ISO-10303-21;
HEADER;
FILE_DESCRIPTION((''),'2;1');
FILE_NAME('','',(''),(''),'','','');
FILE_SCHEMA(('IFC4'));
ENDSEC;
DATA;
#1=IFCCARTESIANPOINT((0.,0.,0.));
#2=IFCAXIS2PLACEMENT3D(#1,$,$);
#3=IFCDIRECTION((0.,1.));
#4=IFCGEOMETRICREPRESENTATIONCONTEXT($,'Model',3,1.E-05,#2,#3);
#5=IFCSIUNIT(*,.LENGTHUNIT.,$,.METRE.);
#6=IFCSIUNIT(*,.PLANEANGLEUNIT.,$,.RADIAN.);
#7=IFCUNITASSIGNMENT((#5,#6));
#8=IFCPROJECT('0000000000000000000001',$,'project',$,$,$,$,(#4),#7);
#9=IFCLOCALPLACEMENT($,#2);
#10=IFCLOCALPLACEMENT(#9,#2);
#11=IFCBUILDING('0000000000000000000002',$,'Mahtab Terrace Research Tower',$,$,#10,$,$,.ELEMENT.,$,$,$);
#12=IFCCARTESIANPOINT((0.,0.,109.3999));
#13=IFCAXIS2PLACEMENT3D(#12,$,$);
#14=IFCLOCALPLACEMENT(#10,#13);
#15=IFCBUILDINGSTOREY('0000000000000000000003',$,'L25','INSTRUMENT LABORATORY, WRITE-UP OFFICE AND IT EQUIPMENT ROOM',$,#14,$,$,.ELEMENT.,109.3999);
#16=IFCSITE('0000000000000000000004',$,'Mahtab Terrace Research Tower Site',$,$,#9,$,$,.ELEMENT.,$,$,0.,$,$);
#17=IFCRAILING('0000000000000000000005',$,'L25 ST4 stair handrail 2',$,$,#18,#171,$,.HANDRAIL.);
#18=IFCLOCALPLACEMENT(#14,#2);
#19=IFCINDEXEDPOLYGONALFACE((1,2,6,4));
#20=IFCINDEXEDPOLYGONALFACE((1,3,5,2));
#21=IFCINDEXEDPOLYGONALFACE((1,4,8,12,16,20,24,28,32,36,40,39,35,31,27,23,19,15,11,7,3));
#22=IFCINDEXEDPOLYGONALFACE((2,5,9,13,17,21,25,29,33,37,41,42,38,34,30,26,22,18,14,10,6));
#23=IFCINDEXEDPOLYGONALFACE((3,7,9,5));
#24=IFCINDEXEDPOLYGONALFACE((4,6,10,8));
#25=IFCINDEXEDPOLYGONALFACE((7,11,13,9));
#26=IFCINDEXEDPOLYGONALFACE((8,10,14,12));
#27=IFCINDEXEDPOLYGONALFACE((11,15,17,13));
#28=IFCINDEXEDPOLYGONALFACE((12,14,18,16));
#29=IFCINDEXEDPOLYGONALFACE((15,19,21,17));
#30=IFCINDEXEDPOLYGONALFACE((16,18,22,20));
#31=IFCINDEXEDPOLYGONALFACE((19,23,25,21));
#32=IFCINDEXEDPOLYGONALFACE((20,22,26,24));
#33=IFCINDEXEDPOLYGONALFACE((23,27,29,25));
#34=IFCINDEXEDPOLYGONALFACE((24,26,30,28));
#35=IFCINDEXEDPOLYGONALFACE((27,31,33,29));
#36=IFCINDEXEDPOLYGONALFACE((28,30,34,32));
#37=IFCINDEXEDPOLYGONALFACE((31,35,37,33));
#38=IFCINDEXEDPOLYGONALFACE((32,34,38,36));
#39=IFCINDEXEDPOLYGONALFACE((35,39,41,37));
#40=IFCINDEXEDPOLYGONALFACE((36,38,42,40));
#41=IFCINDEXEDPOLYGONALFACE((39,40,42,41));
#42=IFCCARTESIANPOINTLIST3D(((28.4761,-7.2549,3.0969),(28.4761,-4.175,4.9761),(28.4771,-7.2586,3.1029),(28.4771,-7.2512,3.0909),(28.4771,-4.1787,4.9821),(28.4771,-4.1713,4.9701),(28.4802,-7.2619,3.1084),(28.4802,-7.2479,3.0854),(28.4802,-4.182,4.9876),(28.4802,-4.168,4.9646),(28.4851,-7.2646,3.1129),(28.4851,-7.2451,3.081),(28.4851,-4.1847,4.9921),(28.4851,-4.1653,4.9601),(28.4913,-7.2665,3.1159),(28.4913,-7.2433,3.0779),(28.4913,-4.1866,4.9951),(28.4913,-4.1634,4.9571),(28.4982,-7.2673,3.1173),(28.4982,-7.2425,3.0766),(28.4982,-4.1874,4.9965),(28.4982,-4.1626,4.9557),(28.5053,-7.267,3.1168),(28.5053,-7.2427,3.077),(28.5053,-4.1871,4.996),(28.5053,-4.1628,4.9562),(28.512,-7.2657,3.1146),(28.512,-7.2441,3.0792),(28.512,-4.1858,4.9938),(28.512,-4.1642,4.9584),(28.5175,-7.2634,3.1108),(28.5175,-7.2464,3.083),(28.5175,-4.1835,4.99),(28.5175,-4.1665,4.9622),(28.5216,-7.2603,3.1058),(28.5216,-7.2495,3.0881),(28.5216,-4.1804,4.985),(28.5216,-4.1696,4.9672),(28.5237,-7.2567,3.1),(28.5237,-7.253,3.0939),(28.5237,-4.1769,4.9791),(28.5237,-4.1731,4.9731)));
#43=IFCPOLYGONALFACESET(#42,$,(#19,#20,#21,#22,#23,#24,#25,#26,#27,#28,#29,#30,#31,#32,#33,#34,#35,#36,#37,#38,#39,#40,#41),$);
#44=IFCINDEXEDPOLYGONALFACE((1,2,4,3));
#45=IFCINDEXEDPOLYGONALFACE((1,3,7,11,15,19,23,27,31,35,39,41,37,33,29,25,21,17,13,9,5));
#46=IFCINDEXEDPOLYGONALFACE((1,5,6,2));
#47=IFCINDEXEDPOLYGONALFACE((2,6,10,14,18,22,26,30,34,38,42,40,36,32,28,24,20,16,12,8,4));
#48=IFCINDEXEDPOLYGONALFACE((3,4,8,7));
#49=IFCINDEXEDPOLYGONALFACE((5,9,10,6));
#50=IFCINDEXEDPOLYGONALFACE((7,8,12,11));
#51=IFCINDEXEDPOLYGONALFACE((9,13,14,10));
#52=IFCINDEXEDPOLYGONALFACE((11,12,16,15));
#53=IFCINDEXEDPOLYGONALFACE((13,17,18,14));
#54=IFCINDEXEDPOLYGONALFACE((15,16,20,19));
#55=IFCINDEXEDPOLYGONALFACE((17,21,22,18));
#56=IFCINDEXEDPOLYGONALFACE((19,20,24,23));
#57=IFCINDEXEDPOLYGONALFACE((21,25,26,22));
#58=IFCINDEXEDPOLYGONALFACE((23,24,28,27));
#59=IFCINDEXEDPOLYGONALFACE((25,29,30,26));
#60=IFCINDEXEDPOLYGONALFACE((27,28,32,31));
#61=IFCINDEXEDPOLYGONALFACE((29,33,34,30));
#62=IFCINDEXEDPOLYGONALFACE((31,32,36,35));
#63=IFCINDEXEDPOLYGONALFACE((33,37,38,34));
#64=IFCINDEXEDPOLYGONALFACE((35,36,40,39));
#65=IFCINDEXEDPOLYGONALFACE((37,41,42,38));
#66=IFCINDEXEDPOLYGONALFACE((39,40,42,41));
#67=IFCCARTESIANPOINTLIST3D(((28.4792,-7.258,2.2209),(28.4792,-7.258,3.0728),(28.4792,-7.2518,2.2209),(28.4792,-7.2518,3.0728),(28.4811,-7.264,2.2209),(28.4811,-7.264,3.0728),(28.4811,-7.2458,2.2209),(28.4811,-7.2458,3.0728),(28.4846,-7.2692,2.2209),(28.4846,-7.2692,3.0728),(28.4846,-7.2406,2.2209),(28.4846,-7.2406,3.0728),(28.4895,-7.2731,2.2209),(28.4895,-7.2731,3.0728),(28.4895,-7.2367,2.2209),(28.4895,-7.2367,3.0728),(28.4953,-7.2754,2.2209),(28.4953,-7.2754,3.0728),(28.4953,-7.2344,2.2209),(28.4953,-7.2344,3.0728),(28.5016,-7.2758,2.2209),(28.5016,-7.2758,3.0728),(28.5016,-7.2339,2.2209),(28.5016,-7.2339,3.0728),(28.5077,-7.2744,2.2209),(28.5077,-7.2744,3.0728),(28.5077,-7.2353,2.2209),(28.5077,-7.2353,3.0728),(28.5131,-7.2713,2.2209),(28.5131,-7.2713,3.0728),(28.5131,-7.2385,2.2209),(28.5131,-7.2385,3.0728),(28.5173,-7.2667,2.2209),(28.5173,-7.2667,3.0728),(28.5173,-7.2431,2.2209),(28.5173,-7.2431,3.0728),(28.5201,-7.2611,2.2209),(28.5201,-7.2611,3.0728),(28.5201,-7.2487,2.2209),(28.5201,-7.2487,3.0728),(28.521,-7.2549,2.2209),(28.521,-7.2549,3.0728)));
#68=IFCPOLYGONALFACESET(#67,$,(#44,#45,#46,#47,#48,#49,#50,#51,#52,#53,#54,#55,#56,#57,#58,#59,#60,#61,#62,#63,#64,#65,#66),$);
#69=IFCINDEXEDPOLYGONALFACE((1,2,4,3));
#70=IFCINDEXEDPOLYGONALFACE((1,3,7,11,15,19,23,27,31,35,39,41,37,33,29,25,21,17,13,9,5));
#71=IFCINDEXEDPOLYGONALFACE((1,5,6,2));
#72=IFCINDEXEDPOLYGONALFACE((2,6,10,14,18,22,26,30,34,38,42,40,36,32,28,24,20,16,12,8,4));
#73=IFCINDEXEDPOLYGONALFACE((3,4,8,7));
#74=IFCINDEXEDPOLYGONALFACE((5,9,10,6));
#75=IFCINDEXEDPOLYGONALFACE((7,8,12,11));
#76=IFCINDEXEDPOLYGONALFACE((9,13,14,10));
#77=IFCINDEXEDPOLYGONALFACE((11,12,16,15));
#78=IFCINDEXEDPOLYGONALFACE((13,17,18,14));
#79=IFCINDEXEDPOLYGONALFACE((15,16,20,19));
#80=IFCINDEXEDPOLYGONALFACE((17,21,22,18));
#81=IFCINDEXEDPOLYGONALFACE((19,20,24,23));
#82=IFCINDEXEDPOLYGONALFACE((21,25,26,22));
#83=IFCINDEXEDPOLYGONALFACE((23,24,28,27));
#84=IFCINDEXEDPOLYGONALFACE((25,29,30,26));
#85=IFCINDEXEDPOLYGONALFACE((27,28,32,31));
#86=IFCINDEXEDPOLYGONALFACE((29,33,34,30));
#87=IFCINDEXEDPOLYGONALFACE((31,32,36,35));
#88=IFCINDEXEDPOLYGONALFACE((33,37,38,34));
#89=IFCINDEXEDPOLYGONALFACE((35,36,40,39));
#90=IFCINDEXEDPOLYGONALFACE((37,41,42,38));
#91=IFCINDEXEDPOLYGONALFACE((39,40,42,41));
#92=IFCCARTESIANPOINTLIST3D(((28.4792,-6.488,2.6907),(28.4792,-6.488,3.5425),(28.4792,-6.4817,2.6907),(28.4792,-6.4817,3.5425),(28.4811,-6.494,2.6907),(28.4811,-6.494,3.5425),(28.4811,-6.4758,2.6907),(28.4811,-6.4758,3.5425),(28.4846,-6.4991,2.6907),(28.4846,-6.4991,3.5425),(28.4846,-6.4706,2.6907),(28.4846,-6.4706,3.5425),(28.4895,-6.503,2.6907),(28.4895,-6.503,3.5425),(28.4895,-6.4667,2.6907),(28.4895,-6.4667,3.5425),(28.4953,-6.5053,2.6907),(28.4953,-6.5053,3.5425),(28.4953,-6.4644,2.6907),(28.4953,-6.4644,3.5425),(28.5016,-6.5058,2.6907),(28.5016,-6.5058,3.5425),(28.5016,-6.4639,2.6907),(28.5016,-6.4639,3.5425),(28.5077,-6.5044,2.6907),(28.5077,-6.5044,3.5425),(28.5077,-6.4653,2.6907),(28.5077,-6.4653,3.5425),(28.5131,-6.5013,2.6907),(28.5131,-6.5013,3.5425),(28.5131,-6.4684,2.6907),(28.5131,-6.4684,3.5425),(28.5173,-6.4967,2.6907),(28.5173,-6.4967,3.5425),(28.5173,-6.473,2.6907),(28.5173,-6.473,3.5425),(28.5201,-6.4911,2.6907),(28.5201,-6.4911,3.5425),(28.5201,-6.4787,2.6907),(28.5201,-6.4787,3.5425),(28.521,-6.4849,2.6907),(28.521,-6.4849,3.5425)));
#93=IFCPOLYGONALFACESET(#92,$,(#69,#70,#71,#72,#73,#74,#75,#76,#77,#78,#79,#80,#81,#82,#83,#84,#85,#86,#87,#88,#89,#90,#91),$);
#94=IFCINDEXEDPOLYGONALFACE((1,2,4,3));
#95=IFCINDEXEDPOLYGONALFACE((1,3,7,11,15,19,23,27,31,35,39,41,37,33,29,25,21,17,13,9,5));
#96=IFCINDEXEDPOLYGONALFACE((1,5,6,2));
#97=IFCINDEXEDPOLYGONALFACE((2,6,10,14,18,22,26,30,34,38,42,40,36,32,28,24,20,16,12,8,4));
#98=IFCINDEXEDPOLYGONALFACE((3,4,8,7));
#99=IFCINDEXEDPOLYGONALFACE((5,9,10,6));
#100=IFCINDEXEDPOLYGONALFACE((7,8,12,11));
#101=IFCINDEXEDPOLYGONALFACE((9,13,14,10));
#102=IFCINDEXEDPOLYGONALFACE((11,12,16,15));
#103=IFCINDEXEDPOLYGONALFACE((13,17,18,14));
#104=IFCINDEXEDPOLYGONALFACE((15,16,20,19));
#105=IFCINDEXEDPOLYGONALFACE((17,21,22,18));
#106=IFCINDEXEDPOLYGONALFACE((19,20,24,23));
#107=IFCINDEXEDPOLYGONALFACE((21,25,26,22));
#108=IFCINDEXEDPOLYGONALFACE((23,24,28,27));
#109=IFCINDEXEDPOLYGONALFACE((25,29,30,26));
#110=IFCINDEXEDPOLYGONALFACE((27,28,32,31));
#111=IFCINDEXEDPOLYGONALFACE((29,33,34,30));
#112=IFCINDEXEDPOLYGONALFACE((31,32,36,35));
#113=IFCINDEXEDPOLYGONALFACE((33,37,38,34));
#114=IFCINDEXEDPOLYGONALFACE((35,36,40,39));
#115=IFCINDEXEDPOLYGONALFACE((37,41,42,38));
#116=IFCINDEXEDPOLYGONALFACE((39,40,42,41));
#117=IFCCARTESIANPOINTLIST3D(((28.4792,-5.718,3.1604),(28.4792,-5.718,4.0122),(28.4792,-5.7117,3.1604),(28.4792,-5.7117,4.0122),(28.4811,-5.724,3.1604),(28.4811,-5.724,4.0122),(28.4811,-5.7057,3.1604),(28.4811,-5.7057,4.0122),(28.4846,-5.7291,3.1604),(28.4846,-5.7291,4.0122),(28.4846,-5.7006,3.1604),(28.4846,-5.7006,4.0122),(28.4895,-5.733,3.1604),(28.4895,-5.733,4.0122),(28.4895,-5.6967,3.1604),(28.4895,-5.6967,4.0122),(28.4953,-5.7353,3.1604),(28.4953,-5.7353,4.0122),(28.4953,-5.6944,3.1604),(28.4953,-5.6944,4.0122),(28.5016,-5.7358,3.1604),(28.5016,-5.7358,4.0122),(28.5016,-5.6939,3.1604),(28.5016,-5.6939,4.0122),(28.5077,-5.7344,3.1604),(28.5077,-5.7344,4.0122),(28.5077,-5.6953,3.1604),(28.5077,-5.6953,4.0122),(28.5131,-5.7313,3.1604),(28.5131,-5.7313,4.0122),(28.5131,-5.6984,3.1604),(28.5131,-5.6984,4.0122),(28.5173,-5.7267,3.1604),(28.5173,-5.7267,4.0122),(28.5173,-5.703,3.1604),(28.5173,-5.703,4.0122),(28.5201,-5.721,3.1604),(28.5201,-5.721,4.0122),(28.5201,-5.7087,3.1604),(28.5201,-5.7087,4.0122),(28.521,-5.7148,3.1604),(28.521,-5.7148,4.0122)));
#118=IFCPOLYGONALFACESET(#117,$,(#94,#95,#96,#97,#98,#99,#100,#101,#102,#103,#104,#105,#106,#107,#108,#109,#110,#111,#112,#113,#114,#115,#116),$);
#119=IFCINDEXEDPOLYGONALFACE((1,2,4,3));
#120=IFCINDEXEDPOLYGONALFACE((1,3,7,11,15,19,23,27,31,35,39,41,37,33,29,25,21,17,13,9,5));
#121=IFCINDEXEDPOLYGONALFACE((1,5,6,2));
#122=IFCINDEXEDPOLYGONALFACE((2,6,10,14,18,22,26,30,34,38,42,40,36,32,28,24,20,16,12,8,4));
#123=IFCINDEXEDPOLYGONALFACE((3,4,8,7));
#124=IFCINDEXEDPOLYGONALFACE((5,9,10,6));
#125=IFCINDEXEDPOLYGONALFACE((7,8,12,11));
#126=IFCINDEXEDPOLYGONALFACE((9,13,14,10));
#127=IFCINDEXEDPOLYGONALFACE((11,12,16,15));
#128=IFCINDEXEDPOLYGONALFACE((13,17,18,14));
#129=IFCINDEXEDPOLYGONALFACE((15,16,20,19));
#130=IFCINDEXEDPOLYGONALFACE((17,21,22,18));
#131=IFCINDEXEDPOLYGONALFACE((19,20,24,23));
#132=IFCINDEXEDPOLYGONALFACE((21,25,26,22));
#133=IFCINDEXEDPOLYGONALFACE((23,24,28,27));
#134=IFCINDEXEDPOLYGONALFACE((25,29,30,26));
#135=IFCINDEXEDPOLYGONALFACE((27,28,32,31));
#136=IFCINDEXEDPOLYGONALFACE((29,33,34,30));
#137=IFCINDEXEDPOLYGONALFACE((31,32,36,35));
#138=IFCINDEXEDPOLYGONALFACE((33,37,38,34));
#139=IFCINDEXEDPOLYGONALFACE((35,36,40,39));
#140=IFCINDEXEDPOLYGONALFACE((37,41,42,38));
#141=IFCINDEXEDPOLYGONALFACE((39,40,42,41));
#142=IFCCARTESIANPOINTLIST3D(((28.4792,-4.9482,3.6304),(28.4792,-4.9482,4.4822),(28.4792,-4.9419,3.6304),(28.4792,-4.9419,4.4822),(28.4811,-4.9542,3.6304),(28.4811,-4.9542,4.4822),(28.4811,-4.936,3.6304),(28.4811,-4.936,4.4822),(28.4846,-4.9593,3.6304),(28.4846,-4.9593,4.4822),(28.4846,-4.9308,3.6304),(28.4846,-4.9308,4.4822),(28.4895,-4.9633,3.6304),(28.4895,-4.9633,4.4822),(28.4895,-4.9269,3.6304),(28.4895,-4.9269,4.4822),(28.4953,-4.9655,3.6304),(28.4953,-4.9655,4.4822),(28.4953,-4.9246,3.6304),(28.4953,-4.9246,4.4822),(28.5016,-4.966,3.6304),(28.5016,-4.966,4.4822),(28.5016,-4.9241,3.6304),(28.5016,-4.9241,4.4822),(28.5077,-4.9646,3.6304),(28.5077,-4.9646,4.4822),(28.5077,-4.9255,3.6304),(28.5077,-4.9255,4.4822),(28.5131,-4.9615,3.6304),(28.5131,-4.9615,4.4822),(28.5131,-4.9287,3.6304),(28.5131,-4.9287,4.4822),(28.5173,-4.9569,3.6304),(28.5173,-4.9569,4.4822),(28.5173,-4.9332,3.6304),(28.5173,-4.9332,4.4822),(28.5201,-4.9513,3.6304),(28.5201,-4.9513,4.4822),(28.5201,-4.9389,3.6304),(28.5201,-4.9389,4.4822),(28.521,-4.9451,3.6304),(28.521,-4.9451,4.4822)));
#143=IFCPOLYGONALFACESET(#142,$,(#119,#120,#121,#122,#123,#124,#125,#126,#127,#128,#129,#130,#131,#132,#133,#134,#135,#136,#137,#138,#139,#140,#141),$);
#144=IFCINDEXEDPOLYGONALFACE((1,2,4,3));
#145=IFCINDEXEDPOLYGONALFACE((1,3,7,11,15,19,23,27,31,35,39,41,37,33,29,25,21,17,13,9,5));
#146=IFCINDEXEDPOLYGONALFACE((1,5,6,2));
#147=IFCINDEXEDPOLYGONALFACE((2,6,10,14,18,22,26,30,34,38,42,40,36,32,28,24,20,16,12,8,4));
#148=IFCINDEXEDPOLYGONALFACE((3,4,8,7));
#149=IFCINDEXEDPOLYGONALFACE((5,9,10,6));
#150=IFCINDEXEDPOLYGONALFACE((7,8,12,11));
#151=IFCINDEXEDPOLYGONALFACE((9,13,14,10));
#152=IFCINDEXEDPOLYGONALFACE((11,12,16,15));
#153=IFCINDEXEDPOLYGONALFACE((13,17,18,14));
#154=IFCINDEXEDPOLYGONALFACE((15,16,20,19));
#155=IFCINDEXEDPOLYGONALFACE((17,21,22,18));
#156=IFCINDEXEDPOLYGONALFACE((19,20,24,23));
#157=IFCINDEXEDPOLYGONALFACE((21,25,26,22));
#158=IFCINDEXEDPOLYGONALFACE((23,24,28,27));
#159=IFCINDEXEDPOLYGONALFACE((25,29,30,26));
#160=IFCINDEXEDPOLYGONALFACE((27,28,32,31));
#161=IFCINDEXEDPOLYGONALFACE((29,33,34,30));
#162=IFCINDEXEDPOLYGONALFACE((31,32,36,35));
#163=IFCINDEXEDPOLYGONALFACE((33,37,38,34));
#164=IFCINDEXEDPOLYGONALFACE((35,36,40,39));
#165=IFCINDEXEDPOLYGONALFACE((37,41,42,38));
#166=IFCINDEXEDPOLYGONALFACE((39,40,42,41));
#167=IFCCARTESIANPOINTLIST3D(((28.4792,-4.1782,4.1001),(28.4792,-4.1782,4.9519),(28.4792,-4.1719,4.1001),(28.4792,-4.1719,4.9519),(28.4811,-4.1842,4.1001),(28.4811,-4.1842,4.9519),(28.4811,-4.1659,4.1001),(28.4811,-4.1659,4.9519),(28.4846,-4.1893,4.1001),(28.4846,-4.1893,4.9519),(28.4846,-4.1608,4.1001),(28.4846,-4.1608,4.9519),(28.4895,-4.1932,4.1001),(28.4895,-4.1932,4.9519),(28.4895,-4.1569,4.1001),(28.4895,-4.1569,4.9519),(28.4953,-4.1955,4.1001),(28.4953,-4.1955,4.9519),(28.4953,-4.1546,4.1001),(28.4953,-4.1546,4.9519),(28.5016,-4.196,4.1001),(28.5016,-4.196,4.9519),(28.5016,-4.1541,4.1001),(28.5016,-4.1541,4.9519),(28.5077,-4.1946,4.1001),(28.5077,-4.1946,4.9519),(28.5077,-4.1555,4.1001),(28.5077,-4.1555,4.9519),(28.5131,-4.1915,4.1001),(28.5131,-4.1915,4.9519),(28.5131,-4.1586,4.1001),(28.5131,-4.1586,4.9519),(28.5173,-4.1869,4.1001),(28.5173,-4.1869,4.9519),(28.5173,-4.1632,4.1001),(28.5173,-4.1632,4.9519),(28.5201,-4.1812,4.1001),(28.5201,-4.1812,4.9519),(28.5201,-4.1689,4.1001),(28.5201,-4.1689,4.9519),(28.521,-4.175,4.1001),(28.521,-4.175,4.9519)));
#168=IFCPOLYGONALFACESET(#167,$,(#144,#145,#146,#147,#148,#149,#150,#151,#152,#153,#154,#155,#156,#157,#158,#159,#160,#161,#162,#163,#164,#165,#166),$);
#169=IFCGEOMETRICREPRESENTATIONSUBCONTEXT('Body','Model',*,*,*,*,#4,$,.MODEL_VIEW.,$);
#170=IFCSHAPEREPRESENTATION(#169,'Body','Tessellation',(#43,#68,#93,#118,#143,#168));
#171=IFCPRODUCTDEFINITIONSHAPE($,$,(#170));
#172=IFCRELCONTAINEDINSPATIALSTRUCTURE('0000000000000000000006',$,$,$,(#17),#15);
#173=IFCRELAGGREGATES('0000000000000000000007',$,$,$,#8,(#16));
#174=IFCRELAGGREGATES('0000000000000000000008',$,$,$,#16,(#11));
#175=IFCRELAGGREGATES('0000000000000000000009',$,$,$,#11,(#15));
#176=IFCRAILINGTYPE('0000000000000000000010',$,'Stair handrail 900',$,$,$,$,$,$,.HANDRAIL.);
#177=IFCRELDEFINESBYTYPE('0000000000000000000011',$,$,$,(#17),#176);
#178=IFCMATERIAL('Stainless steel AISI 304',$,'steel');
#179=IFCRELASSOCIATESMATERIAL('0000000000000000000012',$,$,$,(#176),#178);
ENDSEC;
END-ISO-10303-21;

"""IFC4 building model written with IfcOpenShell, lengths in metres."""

from ifc_helpers import new_model, si_unit, direction, frame, origin, origin_2d, place, context, subcontext, project, spatial, circle, extrude, material, type_object, element, save


model = new_model("IFC4")

# Units and contexts
model_context = context("Model", 3, precision=1e-05, world=origin(), true_north=direction((0.0, 1.0)))
body_context = subcontext(model_context, "Body", "Model", "MODEL_VIEW")
ifc_project = project(units=[si_unit("LENGTHUNIT", "METRE"), si_unit("PLANEANGLEUNIT", "RADIAN")], contexts=[model_context])

# Site, building, storey
site_placement = place(None, origin())
site = spatial("IfcSite", under=ifc_project, at=site_placement, Name="Mahtab Terrace Research Tower Site", CompositionType="ELEMENT", RefElevation=0.0)
building_placement = place(site_placement, origin())
building = spatial("IfcBuilding", under=site, at=building_placement, Name="Mahtab Terrace Research Tower", CompositionType="ELEMENT")
storey_placement = place(building_placement, frame((0.0, 0.0, 109.3999)))
storey = spatial("IfcBuildingStorey", under=building, at=storey_placement, Name="L25", Description="INSTRUMENT LABORATORY, WRITE-UP OFFICE AND IT EQUIPMENT ROOM", CompositionType="ELEMENT", Elevation=109.3999)

# Railing
ifc_material_1 = material(Name="Stainless steel AISI 304", Category="steel")
railing_type_1 = type_object("IfcRailingType", Name="Stair handrail 900", PredefinedType="HANDRAIL", material=ifc_material_1)
railing_1_placement = place(storey_placement, frame((28.5, -7.2549, 2.2209)))
element("IfcRailing", 1, at=railing_1_placement, inside=storey, type_object=railing_type_1, Name="L25 ST4 stair handrail 2", PredefinedType="HANDRAIL", context=body_context, shape_type="SweptSolid", body=[
    extrude(circle(Radius=0.0239, at=origin_2d()), frame((0.0, 0.0, 0.876), z_axis=(0.0, 0.853648, 0.52085), x_axis=(-1.0, 0.0, 0.0)), (0.0, 0.0, 1.0), 3.6079),
    extrude(circle(Radius=0.021, at=origin_2d()), origin(), (0.0, 0.0, 1.0), 0.8518),
    extrude(circle(Radius=0.021, at=origin_2d()), frame((0.0, 0.77, 0.4697)), (0.0, 0.0, 1.0), 0.8518),
    extrude(circle(Radius=0.021, at=origin_2d()), frame((0.0, 1.54, 0.9395)), (0.0, 0.0, 1.0), 0.8518),
    extrude(circle(Radius=0.021, at=origin_2d()), frame((0.0, 2.3098, 1.4094)), (0.0, 0.0, 1.0), 0.8518),
    extrude(circle(Radius=0.021, at=origin_2d()), frame((0.0, 3.0798, 1.8792)), (0.0, 0.0, 1.0), 0.8518),
])

save(model, "model.ifc")
